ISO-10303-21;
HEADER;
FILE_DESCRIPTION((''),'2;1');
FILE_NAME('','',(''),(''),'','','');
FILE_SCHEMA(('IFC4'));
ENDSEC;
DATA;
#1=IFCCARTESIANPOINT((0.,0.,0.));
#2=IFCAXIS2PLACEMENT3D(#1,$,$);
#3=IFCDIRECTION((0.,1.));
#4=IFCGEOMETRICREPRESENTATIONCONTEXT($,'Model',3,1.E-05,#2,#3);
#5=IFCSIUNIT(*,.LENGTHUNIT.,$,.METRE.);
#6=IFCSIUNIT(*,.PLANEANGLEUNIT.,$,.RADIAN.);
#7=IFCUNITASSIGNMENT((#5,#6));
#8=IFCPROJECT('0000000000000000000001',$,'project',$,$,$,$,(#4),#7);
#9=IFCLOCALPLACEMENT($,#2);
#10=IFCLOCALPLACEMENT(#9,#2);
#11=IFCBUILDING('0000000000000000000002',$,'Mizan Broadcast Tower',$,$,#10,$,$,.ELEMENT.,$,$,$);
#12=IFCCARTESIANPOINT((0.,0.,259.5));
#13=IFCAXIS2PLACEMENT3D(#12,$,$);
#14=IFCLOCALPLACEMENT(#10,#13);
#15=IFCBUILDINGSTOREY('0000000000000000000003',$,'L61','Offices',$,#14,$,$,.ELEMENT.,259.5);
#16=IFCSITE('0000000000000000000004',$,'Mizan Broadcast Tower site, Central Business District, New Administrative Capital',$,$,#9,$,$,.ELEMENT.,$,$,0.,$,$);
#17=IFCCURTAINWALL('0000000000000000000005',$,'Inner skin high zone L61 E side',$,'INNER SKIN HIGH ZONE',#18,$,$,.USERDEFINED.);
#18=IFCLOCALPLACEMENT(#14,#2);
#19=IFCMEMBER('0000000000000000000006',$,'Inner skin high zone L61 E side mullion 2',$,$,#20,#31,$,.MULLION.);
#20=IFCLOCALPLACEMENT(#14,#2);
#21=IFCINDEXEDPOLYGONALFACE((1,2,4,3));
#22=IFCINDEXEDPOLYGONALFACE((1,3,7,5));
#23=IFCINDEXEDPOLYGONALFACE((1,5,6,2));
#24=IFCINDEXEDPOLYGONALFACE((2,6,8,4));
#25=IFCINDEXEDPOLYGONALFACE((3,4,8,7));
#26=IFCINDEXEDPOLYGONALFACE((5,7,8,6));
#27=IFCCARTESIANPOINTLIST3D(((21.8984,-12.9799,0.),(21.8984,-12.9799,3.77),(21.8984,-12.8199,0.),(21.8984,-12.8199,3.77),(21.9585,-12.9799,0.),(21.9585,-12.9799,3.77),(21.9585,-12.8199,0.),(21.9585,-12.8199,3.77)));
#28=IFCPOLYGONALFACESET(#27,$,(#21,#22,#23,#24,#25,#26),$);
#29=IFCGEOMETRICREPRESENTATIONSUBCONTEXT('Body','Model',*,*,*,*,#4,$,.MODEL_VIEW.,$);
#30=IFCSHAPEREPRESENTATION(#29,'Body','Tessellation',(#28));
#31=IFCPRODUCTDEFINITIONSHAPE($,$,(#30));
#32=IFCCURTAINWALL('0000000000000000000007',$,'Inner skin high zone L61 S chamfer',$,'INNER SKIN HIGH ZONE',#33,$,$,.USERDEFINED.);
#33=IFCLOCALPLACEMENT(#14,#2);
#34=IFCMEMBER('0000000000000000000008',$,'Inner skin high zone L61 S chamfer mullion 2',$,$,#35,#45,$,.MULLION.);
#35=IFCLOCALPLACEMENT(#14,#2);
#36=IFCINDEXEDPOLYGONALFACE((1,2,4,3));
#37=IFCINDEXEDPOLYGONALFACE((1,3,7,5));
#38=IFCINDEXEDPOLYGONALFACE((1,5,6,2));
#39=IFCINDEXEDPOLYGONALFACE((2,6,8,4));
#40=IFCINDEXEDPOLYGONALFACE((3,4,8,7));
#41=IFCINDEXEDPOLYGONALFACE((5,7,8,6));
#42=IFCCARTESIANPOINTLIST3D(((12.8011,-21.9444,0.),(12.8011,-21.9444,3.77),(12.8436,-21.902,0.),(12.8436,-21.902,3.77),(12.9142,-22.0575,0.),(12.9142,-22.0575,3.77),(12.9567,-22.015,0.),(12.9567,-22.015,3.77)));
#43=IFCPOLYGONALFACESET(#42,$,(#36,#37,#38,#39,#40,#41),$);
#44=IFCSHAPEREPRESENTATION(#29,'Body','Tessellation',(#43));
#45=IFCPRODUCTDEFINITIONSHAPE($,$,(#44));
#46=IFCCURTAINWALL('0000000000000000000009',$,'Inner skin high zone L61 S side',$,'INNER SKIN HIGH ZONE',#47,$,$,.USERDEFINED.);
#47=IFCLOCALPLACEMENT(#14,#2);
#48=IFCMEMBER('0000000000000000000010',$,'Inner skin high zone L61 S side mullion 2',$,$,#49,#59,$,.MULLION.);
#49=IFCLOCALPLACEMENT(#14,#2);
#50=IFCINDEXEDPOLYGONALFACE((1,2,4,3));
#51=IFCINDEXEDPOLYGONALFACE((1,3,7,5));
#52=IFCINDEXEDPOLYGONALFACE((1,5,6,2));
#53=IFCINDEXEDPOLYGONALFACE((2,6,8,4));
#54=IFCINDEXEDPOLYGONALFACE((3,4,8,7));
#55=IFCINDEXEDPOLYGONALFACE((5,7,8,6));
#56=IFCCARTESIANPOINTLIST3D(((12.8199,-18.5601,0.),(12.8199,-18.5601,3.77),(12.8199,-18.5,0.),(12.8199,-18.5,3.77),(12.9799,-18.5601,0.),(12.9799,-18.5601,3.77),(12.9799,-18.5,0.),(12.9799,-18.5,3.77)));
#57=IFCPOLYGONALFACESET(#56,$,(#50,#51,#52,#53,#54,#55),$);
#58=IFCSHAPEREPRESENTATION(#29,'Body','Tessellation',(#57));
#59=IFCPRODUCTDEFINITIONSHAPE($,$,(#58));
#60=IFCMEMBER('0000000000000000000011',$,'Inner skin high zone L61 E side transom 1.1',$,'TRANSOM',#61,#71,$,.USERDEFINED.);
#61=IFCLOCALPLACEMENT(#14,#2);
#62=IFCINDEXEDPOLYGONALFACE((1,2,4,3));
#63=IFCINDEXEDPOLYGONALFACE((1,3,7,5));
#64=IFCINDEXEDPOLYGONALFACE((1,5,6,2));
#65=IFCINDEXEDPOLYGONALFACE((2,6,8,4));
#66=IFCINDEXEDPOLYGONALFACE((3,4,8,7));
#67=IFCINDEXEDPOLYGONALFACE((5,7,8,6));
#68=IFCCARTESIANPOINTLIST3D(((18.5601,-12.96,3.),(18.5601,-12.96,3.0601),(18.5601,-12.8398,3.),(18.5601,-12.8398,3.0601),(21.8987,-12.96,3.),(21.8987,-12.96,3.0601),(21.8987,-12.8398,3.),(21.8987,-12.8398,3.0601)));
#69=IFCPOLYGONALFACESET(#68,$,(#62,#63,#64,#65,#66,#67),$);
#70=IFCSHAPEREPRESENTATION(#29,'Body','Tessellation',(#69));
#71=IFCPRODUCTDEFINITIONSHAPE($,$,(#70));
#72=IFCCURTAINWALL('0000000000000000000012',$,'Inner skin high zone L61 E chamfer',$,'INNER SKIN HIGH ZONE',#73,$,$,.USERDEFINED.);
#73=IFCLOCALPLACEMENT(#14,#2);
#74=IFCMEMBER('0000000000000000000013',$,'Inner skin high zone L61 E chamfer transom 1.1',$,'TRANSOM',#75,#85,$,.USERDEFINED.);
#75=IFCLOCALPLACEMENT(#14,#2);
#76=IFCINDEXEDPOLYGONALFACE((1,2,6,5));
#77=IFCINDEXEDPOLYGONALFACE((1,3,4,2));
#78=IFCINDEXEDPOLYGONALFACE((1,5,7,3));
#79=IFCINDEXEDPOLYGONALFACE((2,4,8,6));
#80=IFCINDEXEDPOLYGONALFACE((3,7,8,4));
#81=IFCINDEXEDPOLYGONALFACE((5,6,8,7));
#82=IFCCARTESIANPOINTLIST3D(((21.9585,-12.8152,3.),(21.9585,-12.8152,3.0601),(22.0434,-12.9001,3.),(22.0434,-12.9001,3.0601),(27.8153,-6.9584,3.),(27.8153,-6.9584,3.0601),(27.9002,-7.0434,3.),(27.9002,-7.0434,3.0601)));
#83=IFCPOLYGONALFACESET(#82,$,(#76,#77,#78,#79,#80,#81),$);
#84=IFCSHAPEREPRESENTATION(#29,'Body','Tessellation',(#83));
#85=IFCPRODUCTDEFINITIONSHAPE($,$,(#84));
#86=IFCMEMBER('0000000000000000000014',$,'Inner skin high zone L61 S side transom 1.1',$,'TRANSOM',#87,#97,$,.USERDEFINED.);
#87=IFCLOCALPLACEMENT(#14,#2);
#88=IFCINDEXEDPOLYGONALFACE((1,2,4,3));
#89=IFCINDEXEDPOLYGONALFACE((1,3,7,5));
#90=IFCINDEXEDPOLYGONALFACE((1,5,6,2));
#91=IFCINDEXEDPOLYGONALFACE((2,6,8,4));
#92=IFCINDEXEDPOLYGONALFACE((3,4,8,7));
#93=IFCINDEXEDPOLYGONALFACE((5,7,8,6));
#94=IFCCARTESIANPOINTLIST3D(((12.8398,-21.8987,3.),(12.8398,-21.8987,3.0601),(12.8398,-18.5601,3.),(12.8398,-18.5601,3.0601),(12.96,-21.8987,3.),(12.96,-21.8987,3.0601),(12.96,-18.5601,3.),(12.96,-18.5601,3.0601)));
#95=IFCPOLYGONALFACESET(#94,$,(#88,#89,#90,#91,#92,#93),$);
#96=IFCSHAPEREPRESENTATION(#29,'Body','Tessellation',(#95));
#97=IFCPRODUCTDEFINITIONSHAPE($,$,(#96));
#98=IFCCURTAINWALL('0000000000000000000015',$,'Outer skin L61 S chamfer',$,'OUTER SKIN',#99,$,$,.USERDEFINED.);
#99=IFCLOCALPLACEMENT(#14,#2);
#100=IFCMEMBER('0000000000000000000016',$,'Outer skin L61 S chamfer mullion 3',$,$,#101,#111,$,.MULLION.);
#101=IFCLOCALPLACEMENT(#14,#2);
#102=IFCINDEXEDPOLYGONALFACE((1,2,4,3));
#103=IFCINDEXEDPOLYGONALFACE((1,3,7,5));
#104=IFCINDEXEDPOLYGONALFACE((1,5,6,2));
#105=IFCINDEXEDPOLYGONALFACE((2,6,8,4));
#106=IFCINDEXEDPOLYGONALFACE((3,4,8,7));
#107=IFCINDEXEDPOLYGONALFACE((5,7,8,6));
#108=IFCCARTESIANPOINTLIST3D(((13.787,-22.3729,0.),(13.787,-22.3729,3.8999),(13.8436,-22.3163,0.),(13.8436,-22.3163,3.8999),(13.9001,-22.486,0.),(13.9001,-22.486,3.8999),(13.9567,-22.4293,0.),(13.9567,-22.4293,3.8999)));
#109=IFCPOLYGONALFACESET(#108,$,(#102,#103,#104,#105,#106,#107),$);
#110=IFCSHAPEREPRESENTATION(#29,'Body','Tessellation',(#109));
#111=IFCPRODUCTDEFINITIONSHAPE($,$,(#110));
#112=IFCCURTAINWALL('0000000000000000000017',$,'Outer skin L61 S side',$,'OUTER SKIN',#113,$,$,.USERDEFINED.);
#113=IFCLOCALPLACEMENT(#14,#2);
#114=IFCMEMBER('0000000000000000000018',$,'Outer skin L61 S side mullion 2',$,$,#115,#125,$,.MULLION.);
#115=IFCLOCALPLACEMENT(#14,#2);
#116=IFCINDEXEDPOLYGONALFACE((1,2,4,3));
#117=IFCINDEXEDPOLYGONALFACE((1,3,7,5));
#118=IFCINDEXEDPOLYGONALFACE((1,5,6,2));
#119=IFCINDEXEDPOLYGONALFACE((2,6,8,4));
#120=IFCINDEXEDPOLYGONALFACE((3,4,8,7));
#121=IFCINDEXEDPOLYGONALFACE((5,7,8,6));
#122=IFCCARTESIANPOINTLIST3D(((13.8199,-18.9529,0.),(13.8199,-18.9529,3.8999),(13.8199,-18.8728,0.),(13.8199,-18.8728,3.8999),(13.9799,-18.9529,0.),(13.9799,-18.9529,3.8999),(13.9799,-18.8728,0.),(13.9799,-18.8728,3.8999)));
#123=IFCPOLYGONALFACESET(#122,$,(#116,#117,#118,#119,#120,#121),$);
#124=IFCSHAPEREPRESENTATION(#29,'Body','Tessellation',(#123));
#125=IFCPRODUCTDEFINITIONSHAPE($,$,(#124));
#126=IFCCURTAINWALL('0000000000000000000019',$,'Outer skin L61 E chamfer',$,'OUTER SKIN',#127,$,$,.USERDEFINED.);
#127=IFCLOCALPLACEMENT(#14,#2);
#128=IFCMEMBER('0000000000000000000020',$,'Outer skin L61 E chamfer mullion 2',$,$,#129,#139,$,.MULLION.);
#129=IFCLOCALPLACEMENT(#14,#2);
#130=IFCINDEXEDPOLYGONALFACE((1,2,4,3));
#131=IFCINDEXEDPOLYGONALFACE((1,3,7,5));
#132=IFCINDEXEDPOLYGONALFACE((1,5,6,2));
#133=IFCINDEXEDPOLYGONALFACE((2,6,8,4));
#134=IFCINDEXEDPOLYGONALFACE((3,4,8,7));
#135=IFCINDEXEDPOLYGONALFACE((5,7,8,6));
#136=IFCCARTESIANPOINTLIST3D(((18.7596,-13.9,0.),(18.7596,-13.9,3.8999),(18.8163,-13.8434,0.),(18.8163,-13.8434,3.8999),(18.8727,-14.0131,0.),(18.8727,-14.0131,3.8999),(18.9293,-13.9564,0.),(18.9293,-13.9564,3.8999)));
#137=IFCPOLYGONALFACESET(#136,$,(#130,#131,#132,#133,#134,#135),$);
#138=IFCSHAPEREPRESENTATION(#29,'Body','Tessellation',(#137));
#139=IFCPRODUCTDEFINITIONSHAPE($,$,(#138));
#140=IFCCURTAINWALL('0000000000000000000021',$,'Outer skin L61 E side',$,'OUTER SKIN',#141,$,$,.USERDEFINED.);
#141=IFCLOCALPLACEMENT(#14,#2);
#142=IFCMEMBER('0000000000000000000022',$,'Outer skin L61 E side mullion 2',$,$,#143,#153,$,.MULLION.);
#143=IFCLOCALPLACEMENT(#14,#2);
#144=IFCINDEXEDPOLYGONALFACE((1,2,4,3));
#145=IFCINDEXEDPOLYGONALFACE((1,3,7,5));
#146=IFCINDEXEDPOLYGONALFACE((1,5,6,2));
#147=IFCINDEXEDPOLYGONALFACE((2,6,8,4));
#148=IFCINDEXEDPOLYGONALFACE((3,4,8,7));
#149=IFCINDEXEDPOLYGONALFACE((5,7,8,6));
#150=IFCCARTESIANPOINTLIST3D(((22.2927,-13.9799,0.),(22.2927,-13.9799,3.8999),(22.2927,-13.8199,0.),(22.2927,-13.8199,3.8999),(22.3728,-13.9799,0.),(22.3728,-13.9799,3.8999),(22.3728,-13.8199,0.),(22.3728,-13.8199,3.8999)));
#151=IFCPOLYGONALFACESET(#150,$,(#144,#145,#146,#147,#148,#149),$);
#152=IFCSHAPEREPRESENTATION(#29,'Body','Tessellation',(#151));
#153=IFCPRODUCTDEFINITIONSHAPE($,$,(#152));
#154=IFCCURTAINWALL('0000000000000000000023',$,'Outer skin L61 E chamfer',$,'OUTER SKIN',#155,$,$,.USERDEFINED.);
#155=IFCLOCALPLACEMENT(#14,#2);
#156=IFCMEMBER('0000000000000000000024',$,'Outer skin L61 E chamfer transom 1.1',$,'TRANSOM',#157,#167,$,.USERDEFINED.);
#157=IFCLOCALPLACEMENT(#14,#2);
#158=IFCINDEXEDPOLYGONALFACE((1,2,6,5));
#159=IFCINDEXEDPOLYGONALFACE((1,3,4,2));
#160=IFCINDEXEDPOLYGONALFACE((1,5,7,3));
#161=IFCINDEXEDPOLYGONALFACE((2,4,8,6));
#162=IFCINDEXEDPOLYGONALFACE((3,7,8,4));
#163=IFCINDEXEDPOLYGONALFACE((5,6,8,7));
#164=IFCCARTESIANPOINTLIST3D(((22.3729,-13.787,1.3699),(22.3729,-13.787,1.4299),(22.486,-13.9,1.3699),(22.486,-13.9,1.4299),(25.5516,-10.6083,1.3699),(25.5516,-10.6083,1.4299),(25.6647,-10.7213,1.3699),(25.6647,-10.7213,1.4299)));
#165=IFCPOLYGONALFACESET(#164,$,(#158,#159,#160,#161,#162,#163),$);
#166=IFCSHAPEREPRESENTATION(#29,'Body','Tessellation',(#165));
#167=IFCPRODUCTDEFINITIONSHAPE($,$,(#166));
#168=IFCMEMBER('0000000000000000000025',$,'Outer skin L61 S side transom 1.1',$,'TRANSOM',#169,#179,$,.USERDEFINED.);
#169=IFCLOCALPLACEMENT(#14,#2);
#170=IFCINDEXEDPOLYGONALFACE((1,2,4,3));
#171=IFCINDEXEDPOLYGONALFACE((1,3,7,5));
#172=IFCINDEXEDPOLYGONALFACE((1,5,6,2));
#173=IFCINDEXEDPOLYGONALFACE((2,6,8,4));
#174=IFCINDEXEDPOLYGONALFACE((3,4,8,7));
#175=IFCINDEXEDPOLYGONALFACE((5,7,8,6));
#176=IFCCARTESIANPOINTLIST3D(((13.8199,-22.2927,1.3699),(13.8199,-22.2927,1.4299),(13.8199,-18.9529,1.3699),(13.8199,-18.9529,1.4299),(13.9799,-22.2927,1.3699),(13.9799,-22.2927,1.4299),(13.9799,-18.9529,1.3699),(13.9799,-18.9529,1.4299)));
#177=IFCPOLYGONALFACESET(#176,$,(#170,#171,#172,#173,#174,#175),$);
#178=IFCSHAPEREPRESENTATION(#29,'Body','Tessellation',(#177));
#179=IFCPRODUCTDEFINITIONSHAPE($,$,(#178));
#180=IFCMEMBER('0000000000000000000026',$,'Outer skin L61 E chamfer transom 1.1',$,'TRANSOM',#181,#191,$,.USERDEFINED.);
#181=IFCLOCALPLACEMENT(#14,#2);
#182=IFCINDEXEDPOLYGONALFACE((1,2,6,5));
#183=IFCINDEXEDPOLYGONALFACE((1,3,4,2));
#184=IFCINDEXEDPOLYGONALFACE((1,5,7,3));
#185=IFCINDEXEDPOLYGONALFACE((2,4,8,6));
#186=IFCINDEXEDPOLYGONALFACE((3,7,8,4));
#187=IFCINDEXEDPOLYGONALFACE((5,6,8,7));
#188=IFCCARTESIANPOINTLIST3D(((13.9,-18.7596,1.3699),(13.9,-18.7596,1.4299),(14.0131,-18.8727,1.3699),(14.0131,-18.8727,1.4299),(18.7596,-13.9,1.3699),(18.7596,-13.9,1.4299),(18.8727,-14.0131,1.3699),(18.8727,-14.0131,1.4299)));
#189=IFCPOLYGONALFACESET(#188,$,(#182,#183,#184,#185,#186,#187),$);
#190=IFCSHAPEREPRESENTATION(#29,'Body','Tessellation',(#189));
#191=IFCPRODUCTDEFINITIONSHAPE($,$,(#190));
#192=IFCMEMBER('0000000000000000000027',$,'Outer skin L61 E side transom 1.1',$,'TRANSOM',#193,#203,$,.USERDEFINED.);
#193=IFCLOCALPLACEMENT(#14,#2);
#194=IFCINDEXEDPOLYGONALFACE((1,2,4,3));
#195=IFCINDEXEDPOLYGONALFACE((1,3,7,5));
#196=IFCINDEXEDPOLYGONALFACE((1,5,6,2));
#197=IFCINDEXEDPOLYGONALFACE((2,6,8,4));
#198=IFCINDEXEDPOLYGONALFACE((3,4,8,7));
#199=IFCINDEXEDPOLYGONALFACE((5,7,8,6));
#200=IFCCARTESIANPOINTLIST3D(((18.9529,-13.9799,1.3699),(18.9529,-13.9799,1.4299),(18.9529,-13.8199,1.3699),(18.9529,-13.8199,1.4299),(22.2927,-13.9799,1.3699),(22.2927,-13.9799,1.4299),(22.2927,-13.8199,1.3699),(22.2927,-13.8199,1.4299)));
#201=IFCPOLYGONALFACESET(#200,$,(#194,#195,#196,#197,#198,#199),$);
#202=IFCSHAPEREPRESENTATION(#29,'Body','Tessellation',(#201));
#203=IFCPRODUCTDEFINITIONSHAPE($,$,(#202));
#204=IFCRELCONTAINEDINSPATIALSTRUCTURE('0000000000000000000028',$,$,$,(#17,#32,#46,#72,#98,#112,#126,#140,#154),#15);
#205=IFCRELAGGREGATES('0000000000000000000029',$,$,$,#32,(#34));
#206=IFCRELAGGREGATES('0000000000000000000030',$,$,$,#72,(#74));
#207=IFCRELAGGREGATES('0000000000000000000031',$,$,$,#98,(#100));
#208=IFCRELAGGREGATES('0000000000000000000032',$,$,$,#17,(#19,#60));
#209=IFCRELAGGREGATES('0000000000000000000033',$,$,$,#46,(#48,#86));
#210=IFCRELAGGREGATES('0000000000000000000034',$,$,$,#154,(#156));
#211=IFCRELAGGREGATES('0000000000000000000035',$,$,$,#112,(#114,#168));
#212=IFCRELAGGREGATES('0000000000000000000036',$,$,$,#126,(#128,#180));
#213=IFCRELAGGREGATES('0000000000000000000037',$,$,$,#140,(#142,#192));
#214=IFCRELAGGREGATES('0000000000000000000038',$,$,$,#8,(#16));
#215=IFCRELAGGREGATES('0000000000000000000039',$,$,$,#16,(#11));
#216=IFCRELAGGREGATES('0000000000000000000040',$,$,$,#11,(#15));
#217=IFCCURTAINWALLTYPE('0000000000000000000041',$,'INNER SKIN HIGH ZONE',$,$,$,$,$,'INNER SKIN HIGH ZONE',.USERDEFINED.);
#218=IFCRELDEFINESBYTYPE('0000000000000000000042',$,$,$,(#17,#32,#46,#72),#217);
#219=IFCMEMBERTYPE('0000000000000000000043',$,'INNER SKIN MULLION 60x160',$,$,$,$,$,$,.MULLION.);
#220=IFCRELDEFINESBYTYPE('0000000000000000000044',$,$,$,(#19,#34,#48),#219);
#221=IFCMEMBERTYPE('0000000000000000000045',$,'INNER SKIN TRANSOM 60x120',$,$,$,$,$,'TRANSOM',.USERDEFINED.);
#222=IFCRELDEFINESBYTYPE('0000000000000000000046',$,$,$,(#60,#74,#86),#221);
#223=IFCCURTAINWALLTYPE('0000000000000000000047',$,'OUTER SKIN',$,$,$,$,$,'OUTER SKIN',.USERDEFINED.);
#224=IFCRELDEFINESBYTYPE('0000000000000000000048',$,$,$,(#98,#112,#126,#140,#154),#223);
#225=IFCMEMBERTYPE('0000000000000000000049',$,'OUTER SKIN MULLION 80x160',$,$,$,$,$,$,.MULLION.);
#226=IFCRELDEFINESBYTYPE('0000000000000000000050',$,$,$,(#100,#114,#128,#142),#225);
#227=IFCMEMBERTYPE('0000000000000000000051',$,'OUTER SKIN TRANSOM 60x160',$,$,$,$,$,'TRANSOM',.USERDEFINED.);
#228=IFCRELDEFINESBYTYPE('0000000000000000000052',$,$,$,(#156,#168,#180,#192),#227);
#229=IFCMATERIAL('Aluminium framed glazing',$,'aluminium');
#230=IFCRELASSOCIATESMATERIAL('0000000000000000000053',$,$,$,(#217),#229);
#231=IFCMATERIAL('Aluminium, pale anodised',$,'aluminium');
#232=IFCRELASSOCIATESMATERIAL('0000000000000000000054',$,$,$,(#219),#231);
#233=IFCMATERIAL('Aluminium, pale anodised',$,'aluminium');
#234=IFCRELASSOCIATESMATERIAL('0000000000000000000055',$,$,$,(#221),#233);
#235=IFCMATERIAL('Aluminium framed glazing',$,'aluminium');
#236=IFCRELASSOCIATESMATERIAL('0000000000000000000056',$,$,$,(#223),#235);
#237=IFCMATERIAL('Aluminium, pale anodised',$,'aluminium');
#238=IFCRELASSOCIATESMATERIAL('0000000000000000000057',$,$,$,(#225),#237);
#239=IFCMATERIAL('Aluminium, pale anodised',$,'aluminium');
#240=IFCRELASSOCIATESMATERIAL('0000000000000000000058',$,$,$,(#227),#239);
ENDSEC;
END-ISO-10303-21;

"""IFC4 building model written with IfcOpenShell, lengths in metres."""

from ifc_helpers import new_model, si_unit, direction, frame, origin, origin_2d, place, context, subcontext, project, spatial, rectangle, extrude, material, material_profile, profile_set, type_object, element, aggregate, save


model = new_model("IFC4")

# Units and contexts
model_context = context("Model", 3, precision=1e-05, world=origin(), true_north=direction((0.0, 1.0)))
body_context = subcontext(model_context, "Body", "Model", "MODEL_VIEW")
ifc_project = project(units=[si_unit("LENGTHUNIT", "METRE"), si_unit("PLANEANGLEUNIT", "RADIAN")], contexts=[model_context])

# Site, building, storey
site_placement = place(None, origin())
site = spatial("IfcSite", under=ifc_project, at=site_placement, Name="Mizan Broadcast Tower site, Central Business District, New Administrative Capital", CompositionType="ELEMENT", RefElevation=0.0)
building_placement = place(site_placement, origin())
building = spatial("IfcBuilding", under=site, at=building_placement, Name="Mizan Broadcast Tower", CompositionType="ELEMENT")
storey_placement = place(building_placement, frame((0.0, 0.0, 259.5)))
storey = spatial("IfcBuildingStorey", under=building, at=storey_placement, Name="L61", Description="Offices", CompositionType="ELEMENT", Elevation=259.5)

# Curtain walls, members
ifc_material_1 = material(Name="Aluminium framed glazing", Category="aluminium")
curtain_wall_type_1 = type_object("IfcCurtainWallType", Name="INNER SKIN HIGH ZONE", ElementType="INNER SKIN HIGH ZONE", PredefinedType="USERDEFINED", material=ifc_material_1)
curtain_wall_1_placement = place(storey_placement, origin())
curtain_wall_1 = element("IfcCurtainWall", 1, at=curtain_wall_1_placement, inside=storey, type_object=curtain_wall_type_1, Name="Inner skin high zone L61 E side", ObjectType="INNER SKIN HIGH ZONE", PredefinedType="USERDEFINED")
ifc_material_2 = material(Name="Aluminium, pale anodised", Category="aluminium")
ifc_material_profile_1 = material_profile(ifc_material_2, rectangle(XDim=0.1599, YDim=0.0601, at=origin_2d()), Name="MULLION 160x60")
ifc_profile_set_1 = profile_set([ifc_material_profile_1], Name="Aluminium, pale anodised")
member_type_1 = type_object("IfcMemberType", Name="INNER SKIN MULLION 60x160", PredefinedType="MULLION", material=ifc_profile_set_1)
member_1_placement = place(storey_placement, frame((21.9285, -12.8999, 0.0), z_axis=(0.0, 0.0, 1.0), x_axis=(0.0, 1.0, 0.0)))
member_1 = element("IfcMember", 2, at=member_1_placement, type_object=member_type_1, Name="Inner skin high zone L61 E side mullion 2", PredefinedType="MULLION", context=body_context, shape_type="SweptSolid", body=[
    extrude(rectangle(XDim=0.1599, YDim=0.0601, at=origin_2d()), origin(), (0.0, 0.0, 1.0), 3.77),
])
curtain_wall_2_placement = place(storey_placement, origin())
curtain_wall_2 = element("IfcCurtainWall", 3, at=curtain_wall_2_placement, inside=storey, type_object=curtain_wall_type_1, Name="Inner skin high zone L61 S chamfer", ObjectType="INNER SKIN HIGH ZONE", PredefinedType="USERDEFINED")
member_2_placement = place(storey_placement, frame((12.8789, -21.9797, 0.0), z_axis=(0.0, 0.0, 1.0), x_axis=(-0.707107, 0.707107, 0.0)))
member_2 = element("IfcMember", 4, at=member_2_placement, type_object=member_type_1, Name="Inner skin high zone L61 S chamfer mullion 2", PredefinedType="MULLION", context=body_context, shape_type="SweptSolid", body=[
    extrude(rectangle(XDim=0.1599, YDim=0.0601, at=origin_2d()), origin(), (0.0, 0.0, 1.0), 3.77),
])
aggregate(curtain_wall_2, [member_2])
curtain_wall_3_placement = place(storey_placement, origin())
curtain_wall_3 = element("IfcCurtainWall", 5, at=curtain_wall_3_placement, inside=storey, type_object=curtain_wall_type_1, Name="Inner skin high zone L61 S side", ObjectType="INNER SKIN HIGH ZONE", PredefinedType="USERDEFINED")
member_3_placement = place(storey_placement, frame((12.8999, -18.53, 0.0), z_axis=(0.0, 0.0, 1.0), x_axis=(-1.0, 0.0, 0.0)))
member_3 = element("IfcMember", 6, at=member_3_placement, type_object=member_type_1, Name="Inner skin high zone L61 S side mullion 2", PredefinedType="MULLION", context=body_context, shape_type="SweptSolid", body=[
    extrude(rectangle(XDim=0.1599, YDim=0.0601, at=origin_2d()), origin(), (0.0, 0.0, 1.0), 3.77),
])

# Member
ifc_material_3 = material(Name="Aluminium, pale anodised", Category="aluminium")
ifc_material_profile_2 = material_profile(ifc_material_3, rectangle(XDim=0.1201, YDim=0.0601, at=origin_2d()), Name="TRANSOM 120x60")
ifc_profile_set_2 = profile_set([ifc_material_profile_2], Name="Aluminium, pale anodised")
member_type_2 = type_object("IfcMemberType", Name="INNER SKIN TRANSOM 60x120", ElementType="TRANSOM", PredefinedType="USERDEFINED", material=ifc_profile_set_2)
member_4_placement = place(storey_placement, frame((18.5601, -12.8999, 3.03), z_axis=(1.0, 0.0, 0.0), x_axis=(0.0, 1.0, 0.0)))
member_4 = element("IfcMember", 7, at=member_4_placement, type_object=member_type_2, Name="Inner skin high zone L61 E side transom 1.1", ObjectType="TRANSOM", PredefinedType="USERDEFINED", context=body_context, shape_type="SweptSolid", body=[
    extrude(rectangle(XDim=0.1201, YDim=0.0601, at=origin_2d()), origin(), (0.0, 0.0, 1.0), 3.3386),
])

# Curtain wall, member
curtain_wall_4_placement = place(storey_placement, origin())
curtain_wall_4 = element("IfcCurtainWall", 8, at=curtain_wall_4_placement, inside=storey, type_object=curtain_wall_type_1, Name="Inner skin high zone L61 E chamfer", ObjectType="INNER SKIN HIGH ZONE", PredefinedType="USERDEFINED")
member_5_placement = place(storey_placement, frame((22.001, -12.8577, 3.03), z_axis=(0.707107, 0.707107, 0.0), x_axis=(-0.707107, 0.707107, 0.0)))
member_5 = element("IfcMember", 9, at=member_5_placement, type_object=member_type_2, Name="Inner skin high zone L61 E chamfer transom 1.1", ObjectType="TRANSOM", PredefinedType="USERDEFINED", context=body_context, shape_type="SweptSolid", body=[
    extrude(rectangle(XDim=0.1201, YDim=0.0601, at=origin_2d()), origin(), (0.0, 0.0, 1.0), 8.2827),
])
aggregate(curtain_wall_4, [member_5])

# Member
member_6_placement = place(storey_placement, frame((12.8999, -21.8987, 3.03), z_axis=(0.0, 1.0, 0.0), x_axis=(-1.0, 0.0, 0.0)))
member_6 = element("IfcMember", 10, at=member_6_placement, type_object=member_type_2, Name="Inner skin high zone L61 S side transom 1.1", ObjectType="TRANSOM", PredefinedType="USERDEFINED", context=body_context, shape_type="SweptSolid", body=[
    extrude(rectangle(XDim=0.1201, YDim=0.0601, at=origin_2d()), origin(), (0.0, 0.0, 1.0), 3.3386),
])

# Curtain walls, members
ifc_material_4 = material(Name="Aluminium framed glazing", Category="aluminium")
curtain_wall_type_2 = type_object("IfcCurtainWallType", Name="OUTER SKIN", ElementType="OUTER SKIN", PredefinedType="USERDEFINED", material=ifc_material_4)
curtain_wall_5_placement = place(storey_placement, origin())
curtain_wall_5 = element("IfcCurtainWall", 11, at=curtain_wall_5_placement, inside=storey, type_object=curtain_wall_type_2, Name="Outer skin L61 S chamfer", ObjectType="OUTER SKIN", PredefinedType="USERDEFINED")
ifc_material_5 = material(Name="Aluminium, pale anodised", Category="aluminium")
ifc_material_profile_3 = material_profile(ifc_material_5, rectangle(XDim=0.1599, YDim=0.0801, at=origin_2d()), Name="MULLION 160x80")
ifc_profile_set_3 = profile_set([ifc_material_profile_3], Name="Aluminium, pale anodised")
member_type_3 = type_object("IfcMemberType", Name="OUTER SKIN MULLION 80x160", PredefinedType="MULLION", material=ifc_profile_set_3)
member_7_placement = place(storey_placement, frame((13.8718, -22.4011, 0.0), z_axis=(0.0, 0.0, 1.0), x_axis=(-0.707107, 0.707107, 0.0)))
member_7 = element("IfcMember", 12, at=member_7_placement, type_object=member_type_3, Name="Outer skin L61 S chamfer mullion 3", PredefinedType="MULLION", context=body_context, shape_type="SweptSolid", body=[
    extrude(rectangle(XDim=0.1599, YDim=0.0801, at=origin_2d()), origin(), (0.0, 0.0, 1.0), 3.8999),
])
aggregate(curtain_wall_5, [member_7])
curtain_wall_6_placement = place(storey_placement, origin())
curtain_wall_6 = element("IfcCurtainWall", 13, at=curtain_wall_6_placement, inside=storey, type_object=curtain_wall_type_2, Name="Outer skin L61 S side", ObjectType="OUTER SKIN", PredefinedType="USERDEFINED")
member_8_placement = place(storey_placement, frame((13.8999, -18.9128, 0.0), z_axis=(0.0, 0.0, 1.0), x_axis=(-1.0, 0.0, 0.0)))
member_8 = element("IfcMember", 14, at=member_8_placement, type_object=member_type_3, Name="Outer skin L61 S side mullion 2", PredefinedType="MULLION", context=body_context, shape_type="SweptSolid", body=[
    extrude(rectangle(XDim=0.1599, YDim=0.0801, at=origin_2d()), origin(), (0.0, 0.0, 1.0), 3.8999),
])
curtain_wall_7_placement = place(storey_placement, origin())
curtain_wall_7 = element("IfcCurtainWall", 15, at=curtain_wall_7_placement, inside=storey, type_object=curtain_wall_type_2, Name="Outer skin L61 E chamfer", ObjectType="OUTER SKIN", PredefinedType="USERDEFINED")
member_9_placement = place(storey_placement, frame((18.8445, -13.9282, 0.0), z_axis=(0.0, 0.0, 1.0), x_axis=(-0.707107, 0.707107, 0.0)))
member_9 = element("IfcMember", 16, at=member_9_placement, type_object=member_type_3, Name="Outer skin L61 E chamfer mullion 2", PredefinedType="MULLION", context=body_context, shape_type="SweptSolid", body=[
    extrude(rectangle(XDim=0.1599, YDim=0.0801, at=origin_2d()), origin(), (0.0, 0.0, 1.0), 3.8999),
])
curtain_wall_8_placement = place(storey_placement, origin())
curtain_wall_8 = element("IfcCurtainWall", 17, at=curtain_wall_8_placement, inside=storey, type_object=curtain_wall_type_2, Name="Outer skin L61 E side", ObjectType="OUTER SKIN", PredefinedType="USERDEFINED")
member_10_placement = place(storey_placement, frame((22.3328, -13.8999, 0.0), z_axis=(0.0, 0.0, 1.0), x_axis=(0.0, 1.0, 0.0)))
member_10 = element("IfcMember", 18, at=member_10_placement, type_object=member_type_3, Name="Outer skin L61 E side mullion 2", PredefinedType="MULLION", context=body_context, shape_type="SweptSolid", body=[
    extrude(rectangle(XDim=0.1599, YDim=0.0801, at=origin_2d()), origin(), (0.0, 0.0, 1.0), 3.8999),
])
curtain_wall_9_placement = place(storey_placement, origin())
curtain_wall_9 = element("IfcCurtainWall", 19, at=curtain_wall_9_placement, inside=storey, type_object=curtain_wall_type_2, Name="Outer skin L61 E chamfer", ObjectType="OUTER SKIN", PredefinedType="USERDEFINED")
ifc_material_6 = material(Name="Aluminium, pale anodised", Category="aluminium")
ifc_material_profile_4 = material_profile(ifc_material_6, rectangle(XDim=0.1599, YDim=0.0601, at=origin_2d()), Name="TRANSOM 160x60")
ifc_profile_set_4 = profile_set([ifc_material_profile_4], Name="Aluminium, pale anodised")
member_type_4 = type_object("IfcMemberType", Name="OUTER SKIN TRANSOM 60x160", ElementType="TRANSOM", PredefinedType="USERDEFINED", material=ifc_profile_set_4)
member_11_placement = place(storey_placement, frame((22.4294, -13.8435, 1.3999), z_axis=(0.707107, 0.707107, 0.0), x_axis=(-0.707107, 0.707107, 0.0)))
member_11 = element("IfcMember", 20, at=member_11_placement, type_object=member_type_4, Name="Outer skin L61 E chamfer transom 1.1", ObjectType="TRANSOM", PredefinedType="USERDEFINED", context=body_context, shape_type="SweptSolid", body=[
    extrude(rectangle(XDim=0.1599, YDim=0.0601, at=origin_2d()), origin(), (0.0, 0.0, 1.0), 4.4954),
])

# Members
member_12_placement = place(storey_placement, frame((13.8999, -22.2927, 1.3999), z_axis=(0.0, 1.0, 0.0), x_axis=(-1.0, 0.0, 0.0)))
member_12 = element("IfcMember", 21, at=member_12_placement, type_object=member_type_4, Name="Outer skin L61 S side transom 1.1", ObjectType="TRANSOM", PredefinedType="USERDEFINED", context=body_context, shape_type="SweptSolid", body=[
    extrude(rectangle(XDim=0.1599, YDim=0.0601, at=origin_2d()), origin(), (0.0, 0.0, 1.0), 3.3398),
])
member_13_placement = place(storey_placement, frame((13.9565, -18.8162, 1.3999), z_axis=(0.707107, 0.707107, 0.0), x_axis=(-0.707107, 0.707107, 0.0)))
member_13 = element("IfcMember", 22, at=member_13_placement, type_object=member_type_4, Name="Outer skin L61 E chamfer transom 1.1", ObjectType="TRANSOM", PredefinedType="USERDEFINED", context=body_context, shape_type="SweptSolid", body=[
    extrude(rectangle(XDim=0.1599, YDim=0.0601, at=origin_2d()), origin(), (0.0, 0.0, 1.0), 6.8726),
])
member_14_placement = place(storey_placement, frame((18.9529, -13.8999, 1.3999), z_axis=(1.0, 0.0, 0.0), x_axis=(0.0, 1.0, 0.0)))
member_14 = element("IfcMember", 23, at=member_14_placement, type_object=member_type_4, Name="Outer skin L61 E side transom 1.1", ObjectType="TRANSOM", PredefinedType="USERDEFINED", context=body_context, shape_type="SweptSolid", body=[
    extrude(rectangle(XDim=0.1599, YDim=0.0601, at=origin_2d()), origin(), (0.0, 0.0, 1.0), 3.3398),
])

aggregate(curtain_wall_1, [member_1, member_4])
aggregate(curtain_wall_3, [member_3, member_6])
aggregate(curtain_wall_9, [member_11])
aggregate(curtain_wall_6, [member_8, member_12])
aggregate(curtain_wall_7, [member_9, member_13])
aggregate(curtain_wall_8, [member_10, member_14])

save(model, "model.ifc")
